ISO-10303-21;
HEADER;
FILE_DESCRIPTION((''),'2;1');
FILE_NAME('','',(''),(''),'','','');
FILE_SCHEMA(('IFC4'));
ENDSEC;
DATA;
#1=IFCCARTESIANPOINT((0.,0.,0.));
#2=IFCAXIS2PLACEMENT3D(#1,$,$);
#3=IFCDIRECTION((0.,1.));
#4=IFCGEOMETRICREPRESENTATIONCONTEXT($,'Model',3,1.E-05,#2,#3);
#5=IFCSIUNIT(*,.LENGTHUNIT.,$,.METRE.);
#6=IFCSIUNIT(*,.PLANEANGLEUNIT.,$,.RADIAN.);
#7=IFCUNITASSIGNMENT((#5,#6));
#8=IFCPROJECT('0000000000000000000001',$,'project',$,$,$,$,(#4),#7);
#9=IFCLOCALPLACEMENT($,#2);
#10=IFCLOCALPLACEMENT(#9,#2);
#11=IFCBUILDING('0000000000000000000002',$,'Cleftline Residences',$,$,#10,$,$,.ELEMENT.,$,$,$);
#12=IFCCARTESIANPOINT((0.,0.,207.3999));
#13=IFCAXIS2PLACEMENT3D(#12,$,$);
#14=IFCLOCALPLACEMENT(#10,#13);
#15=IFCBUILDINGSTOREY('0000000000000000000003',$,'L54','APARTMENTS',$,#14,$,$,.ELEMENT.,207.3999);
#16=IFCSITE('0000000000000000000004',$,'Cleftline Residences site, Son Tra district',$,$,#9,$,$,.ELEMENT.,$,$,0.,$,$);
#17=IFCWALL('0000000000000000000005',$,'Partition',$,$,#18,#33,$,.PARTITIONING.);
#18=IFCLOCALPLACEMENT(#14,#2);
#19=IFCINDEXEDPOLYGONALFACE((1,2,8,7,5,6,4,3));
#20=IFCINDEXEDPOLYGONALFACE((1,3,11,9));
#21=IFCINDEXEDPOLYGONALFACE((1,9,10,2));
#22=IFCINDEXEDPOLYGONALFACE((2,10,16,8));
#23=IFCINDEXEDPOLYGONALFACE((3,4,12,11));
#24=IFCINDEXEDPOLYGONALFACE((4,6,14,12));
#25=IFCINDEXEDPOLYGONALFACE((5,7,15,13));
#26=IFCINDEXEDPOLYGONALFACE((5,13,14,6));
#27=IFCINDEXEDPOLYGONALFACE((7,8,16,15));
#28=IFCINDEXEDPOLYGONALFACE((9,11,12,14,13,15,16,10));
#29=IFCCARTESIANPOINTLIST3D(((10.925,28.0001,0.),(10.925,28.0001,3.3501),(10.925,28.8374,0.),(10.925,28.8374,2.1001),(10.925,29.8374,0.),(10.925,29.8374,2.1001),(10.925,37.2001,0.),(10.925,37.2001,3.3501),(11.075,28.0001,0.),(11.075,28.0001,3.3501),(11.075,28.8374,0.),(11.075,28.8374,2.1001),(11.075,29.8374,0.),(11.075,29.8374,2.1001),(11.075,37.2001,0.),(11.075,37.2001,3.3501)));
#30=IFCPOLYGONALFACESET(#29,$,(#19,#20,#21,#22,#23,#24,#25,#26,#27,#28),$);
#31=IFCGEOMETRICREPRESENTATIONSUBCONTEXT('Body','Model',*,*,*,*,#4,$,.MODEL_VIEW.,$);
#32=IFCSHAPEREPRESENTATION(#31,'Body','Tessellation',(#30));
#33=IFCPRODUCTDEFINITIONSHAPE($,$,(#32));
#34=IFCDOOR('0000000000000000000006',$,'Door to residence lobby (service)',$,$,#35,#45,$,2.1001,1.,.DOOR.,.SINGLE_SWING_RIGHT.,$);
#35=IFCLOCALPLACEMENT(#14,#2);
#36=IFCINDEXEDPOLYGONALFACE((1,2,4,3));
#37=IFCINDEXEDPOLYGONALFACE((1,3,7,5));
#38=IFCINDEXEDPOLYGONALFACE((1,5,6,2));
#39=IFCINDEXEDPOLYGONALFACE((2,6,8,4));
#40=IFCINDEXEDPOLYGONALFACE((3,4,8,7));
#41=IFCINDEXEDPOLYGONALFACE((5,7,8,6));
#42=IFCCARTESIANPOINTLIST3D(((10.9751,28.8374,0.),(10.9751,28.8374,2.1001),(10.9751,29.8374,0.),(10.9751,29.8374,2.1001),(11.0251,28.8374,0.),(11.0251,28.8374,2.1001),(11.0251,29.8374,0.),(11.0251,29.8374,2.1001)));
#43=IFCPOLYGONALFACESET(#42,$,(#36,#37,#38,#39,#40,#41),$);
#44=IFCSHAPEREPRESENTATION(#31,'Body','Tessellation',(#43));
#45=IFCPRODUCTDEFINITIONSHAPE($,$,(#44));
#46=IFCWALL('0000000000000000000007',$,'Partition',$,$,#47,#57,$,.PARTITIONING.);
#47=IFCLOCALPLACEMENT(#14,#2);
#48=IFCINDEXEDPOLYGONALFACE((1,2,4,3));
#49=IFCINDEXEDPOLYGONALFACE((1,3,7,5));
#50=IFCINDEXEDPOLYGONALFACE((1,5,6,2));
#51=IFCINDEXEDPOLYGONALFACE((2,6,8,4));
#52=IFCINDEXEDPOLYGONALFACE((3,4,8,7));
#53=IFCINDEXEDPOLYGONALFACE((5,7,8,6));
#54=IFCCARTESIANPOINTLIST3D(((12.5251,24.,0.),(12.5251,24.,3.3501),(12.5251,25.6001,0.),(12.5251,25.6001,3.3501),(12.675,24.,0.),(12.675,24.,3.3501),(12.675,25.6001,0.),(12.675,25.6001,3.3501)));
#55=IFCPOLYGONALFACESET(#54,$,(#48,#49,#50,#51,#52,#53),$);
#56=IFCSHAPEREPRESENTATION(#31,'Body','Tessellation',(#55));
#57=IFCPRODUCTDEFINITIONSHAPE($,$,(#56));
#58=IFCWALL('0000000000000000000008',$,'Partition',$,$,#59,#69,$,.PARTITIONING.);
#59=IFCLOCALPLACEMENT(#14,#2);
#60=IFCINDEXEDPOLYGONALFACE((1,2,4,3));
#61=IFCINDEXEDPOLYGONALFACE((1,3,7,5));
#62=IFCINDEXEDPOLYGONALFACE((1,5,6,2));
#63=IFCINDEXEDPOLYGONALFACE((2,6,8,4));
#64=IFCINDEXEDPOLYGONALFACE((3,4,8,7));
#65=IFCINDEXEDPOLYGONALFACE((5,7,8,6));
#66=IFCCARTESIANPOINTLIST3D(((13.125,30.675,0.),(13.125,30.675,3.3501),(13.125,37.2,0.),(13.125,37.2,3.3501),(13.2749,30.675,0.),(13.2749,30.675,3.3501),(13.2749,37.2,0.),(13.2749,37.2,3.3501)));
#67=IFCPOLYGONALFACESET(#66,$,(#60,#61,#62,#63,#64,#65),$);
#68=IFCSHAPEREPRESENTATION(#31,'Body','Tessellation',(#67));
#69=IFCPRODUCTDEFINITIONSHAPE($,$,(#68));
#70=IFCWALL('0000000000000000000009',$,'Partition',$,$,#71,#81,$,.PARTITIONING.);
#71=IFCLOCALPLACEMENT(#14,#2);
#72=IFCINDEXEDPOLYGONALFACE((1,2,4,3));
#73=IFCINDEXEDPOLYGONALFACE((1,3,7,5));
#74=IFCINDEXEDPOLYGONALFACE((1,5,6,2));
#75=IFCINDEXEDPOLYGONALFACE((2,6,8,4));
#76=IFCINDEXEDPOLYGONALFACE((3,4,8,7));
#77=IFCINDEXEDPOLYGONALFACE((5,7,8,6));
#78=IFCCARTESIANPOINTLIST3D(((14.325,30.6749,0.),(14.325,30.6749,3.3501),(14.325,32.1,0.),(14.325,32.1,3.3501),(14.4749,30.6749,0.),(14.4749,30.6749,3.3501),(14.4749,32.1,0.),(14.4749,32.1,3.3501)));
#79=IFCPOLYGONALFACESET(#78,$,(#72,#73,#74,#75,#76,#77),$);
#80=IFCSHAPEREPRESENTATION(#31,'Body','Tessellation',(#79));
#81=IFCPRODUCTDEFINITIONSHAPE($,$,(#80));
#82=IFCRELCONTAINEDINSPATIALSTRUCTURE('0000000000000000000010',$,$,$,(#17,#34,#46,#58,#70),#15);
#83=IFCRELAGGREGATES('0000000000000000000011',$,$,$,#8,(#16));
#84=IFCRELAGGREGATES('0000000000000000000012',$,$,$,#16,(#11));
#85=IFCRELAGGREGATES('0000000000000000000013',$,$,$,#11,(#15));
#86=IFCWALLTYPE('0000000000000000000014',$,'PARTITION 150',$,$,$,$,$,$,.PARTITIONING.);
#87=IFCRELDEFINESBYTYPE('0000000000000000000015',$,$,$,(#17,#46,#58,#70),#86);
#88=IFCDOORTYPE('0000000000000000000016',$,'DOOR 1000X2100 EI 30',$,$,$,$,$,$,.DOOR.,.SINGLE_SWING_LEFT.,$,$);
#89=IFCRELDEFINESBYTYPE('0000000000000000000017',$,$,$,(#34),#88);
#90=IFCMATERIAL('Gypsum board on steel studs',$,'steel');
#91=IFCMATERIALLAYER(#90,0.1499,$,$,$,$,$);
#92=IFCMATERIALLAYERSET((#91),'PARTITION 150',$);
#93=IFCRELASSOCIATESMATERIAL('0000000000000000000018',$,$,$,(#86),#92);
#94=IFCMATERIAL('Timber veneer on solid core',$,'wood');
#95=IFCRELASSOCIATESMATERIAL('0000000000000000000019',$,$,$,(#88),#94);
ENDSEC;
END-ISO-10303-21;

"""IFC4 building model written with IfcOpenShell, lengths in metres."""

from ifc_helpers import new_model, si_unit, direction, frame, frame_2d, origin, place, context, subcontext, project, spatial, rectangle, extrude, material, layer, layer_set, type_object, element, fill, save


model = new_model("IFC4")

# Units and contexts
model_context = context("Model", 3, precision=1e-05, world=origin(), true_north=direction((0.0, 1.0)))
body_context = subcontext(model_context, "Body", "Model", "MODEL_VIEW")
ifc_project = project(units=[si_unit("LENGTHUNIT", "METRE"), si_unit("PLANEANGLEUNIT", "RADIAN")], contexts=[model_context])

# Site, building, storey
site_placement = place(None, origin())
site = spatial("IfcSite", under=ifc_project, at=site_placement, Name="Cleftline Residences site, Son Tra district", CompositionType="ELEMENT", RefElevation=0.0)
building_placement = place(site_placement, origin())
building = spatial("IfcBuilding", under=site, at=building_placement, Name="Cleftline Residences", CompositionType="ELEMENT")
storey_placement = place(building_placement, frame((0.0, 0.0, 207.3999)))
storey = spatial("IfcBuildingStorey", under=building, at=storey_placement, Name="L54", Description="APARTMENTS", CompositionType="ELEMENT", Elevation=207.3999)

# Shared definitions
ifc_material_1 = material(Name="Gypsum board on steel studs", Category="steel")
ifc_layer_1 = layer(ifc_material_1, 0.1499)
ifc_layer_set_1 = layer_set([ifc_layer_1], Name="PARTITION 150")
wall_type_1 = type_object("IfcWallType", Name="PARTITION 150", PredefinedType="PARTITIONING", material=ifc_layer_set_1)

# Wall, opening, door
wall_1_placement = place(storey_placement, frame((11.0, 28.0, 0.0), z_axis=(0.0, 0.0, 1.0), x_axis=(0.0, 1.0, 0.0)))
wall_1 = element("IfcWall", 1, at=wall_1_placement, inside=storey, type_object=wall_type_1, Name="Partition", PredefinedType="PARTITIONING", context=body_context, shape_type="SweptSolid", body=[
    extrude(rectangle(XDim=9.2, YDim=0.1499, at=frame_2d((4.6001, 0.0))), origin(), (0.0, 0.0, 1.0), 3.3501),
])
opening_1_placement = place(wall_1_placement, frame((0.8374, 0.0, 0.0)))
opening_1 = element("IfcOpeningElement", 2, at=opening_1_placement, cuts=wall_1, PredefinedType="OPENING", context=body_context, shape_type="SweptSolid", body=[
    extrude(rectangle(XDim=1.0, YDim=2.1001, at=frame_2d((0.5, 1.05))), frame((0.0, 0.085, 0.0), z_axis=(0.0, -1.0, 0.0), x_axis=(1.0, 0.0, 0.0)), (0.0, 0.0, 1.0), 0.1699),
])
ifc_material_2 = material(Name="Timber veneer on solid core", Category="wood")
door_type_1 = type_object("IfcDoorType", Name="DOOR 1000X2100 EI 30", OperationType="SINGLE_SWING_LEFT", PredefinedType="DOOR", material=ifc_material_2)
door_1_placement = place(opening_1_placement, origin())
door_1 = element("IfcDoor", 3, at=door_1_placement, inside=storey, type_object=door_type_1, Name="Door to residence lobby (service)", OperationType="SINGLE_SWING_RIGHT", OverallHeight=2.1001, OverallWidth=1.0, PredefinedType="DOOR", context=body_context, shape_type="SweptSolid", body=[
    extrude(rectangle(XDim=1.0, YDim=2.1001, at=frame_2d((0.5, 1.05))), frame((0.0, 0.0249, 0.0), z_axis=(0.0, -1.0, 0.0), x_axis=(1.0, 0.0, 0.0)), (0.0, 0.0, 1.0), 0.05),
])
fill(opening_1, door_1)

# Walls
wall_2_placement = place(storey_placement, frame((12.6001, 24.0, 0.0), z_axis=(0.0, 0.0, 1.0), x_axis=(0.0, 1.0, 0.0)))
element("IfcWall", 4, at=wall_2_placement, inside=storey, type_object=wall_type_1, Name="Partition", PredefinedType="PARTITIONING", context=body_context, shape_type="SweptSolid", body=[
    extrude(rectangle(XDim=1.6001, YDim=0.1499, at=frame_2d((0.8, 0.0))), origin(), (0.0, 0.0, 1.0), 3.3501),
])
wall_3_placement = place(storey_placement, frame((13.2, 30.675, 0.0), z_axis=(0.0, 0.0, 1.0), x_axis=(0.0, 1.0, 0.0)))
element("IfcWall", 5, at=wall_3_placement, inside=storey, type_object=wall_type_1, Name="Partition", PredefinedType="PARTITIONING", context=body_context, shape_type="SweptSolid", body=[
    extrude(rectangle(XDim=6.5249, YDim=0.1499, at=frame_2d((3.2625, 0.0))), origin(), (0.0, 0.0, 1.0), 3.3501),
])
wall_4_placement = place(storey_placement, frame((14.3999, 30.675, 0.0), z_axis=(0.0, 0.0, 1.0), x_axis=(0.0, 1.0, 0.0)))
element("IfcWall", 6, at=wall_4_placement, inside=storey, type_object=wall_type_1, Name="Partition", PredefinedType="PARTITIONING", context=body_context, shape_type="SweptSolid", body=[
    extrude(rectangle(XDim=1.425, YDim=0.1499, at=frame_2d((0.7124, 0.0))), origin(), (0.0, 0.0, 1.0), 3.3501),
])

save(model, "model.ifc")
